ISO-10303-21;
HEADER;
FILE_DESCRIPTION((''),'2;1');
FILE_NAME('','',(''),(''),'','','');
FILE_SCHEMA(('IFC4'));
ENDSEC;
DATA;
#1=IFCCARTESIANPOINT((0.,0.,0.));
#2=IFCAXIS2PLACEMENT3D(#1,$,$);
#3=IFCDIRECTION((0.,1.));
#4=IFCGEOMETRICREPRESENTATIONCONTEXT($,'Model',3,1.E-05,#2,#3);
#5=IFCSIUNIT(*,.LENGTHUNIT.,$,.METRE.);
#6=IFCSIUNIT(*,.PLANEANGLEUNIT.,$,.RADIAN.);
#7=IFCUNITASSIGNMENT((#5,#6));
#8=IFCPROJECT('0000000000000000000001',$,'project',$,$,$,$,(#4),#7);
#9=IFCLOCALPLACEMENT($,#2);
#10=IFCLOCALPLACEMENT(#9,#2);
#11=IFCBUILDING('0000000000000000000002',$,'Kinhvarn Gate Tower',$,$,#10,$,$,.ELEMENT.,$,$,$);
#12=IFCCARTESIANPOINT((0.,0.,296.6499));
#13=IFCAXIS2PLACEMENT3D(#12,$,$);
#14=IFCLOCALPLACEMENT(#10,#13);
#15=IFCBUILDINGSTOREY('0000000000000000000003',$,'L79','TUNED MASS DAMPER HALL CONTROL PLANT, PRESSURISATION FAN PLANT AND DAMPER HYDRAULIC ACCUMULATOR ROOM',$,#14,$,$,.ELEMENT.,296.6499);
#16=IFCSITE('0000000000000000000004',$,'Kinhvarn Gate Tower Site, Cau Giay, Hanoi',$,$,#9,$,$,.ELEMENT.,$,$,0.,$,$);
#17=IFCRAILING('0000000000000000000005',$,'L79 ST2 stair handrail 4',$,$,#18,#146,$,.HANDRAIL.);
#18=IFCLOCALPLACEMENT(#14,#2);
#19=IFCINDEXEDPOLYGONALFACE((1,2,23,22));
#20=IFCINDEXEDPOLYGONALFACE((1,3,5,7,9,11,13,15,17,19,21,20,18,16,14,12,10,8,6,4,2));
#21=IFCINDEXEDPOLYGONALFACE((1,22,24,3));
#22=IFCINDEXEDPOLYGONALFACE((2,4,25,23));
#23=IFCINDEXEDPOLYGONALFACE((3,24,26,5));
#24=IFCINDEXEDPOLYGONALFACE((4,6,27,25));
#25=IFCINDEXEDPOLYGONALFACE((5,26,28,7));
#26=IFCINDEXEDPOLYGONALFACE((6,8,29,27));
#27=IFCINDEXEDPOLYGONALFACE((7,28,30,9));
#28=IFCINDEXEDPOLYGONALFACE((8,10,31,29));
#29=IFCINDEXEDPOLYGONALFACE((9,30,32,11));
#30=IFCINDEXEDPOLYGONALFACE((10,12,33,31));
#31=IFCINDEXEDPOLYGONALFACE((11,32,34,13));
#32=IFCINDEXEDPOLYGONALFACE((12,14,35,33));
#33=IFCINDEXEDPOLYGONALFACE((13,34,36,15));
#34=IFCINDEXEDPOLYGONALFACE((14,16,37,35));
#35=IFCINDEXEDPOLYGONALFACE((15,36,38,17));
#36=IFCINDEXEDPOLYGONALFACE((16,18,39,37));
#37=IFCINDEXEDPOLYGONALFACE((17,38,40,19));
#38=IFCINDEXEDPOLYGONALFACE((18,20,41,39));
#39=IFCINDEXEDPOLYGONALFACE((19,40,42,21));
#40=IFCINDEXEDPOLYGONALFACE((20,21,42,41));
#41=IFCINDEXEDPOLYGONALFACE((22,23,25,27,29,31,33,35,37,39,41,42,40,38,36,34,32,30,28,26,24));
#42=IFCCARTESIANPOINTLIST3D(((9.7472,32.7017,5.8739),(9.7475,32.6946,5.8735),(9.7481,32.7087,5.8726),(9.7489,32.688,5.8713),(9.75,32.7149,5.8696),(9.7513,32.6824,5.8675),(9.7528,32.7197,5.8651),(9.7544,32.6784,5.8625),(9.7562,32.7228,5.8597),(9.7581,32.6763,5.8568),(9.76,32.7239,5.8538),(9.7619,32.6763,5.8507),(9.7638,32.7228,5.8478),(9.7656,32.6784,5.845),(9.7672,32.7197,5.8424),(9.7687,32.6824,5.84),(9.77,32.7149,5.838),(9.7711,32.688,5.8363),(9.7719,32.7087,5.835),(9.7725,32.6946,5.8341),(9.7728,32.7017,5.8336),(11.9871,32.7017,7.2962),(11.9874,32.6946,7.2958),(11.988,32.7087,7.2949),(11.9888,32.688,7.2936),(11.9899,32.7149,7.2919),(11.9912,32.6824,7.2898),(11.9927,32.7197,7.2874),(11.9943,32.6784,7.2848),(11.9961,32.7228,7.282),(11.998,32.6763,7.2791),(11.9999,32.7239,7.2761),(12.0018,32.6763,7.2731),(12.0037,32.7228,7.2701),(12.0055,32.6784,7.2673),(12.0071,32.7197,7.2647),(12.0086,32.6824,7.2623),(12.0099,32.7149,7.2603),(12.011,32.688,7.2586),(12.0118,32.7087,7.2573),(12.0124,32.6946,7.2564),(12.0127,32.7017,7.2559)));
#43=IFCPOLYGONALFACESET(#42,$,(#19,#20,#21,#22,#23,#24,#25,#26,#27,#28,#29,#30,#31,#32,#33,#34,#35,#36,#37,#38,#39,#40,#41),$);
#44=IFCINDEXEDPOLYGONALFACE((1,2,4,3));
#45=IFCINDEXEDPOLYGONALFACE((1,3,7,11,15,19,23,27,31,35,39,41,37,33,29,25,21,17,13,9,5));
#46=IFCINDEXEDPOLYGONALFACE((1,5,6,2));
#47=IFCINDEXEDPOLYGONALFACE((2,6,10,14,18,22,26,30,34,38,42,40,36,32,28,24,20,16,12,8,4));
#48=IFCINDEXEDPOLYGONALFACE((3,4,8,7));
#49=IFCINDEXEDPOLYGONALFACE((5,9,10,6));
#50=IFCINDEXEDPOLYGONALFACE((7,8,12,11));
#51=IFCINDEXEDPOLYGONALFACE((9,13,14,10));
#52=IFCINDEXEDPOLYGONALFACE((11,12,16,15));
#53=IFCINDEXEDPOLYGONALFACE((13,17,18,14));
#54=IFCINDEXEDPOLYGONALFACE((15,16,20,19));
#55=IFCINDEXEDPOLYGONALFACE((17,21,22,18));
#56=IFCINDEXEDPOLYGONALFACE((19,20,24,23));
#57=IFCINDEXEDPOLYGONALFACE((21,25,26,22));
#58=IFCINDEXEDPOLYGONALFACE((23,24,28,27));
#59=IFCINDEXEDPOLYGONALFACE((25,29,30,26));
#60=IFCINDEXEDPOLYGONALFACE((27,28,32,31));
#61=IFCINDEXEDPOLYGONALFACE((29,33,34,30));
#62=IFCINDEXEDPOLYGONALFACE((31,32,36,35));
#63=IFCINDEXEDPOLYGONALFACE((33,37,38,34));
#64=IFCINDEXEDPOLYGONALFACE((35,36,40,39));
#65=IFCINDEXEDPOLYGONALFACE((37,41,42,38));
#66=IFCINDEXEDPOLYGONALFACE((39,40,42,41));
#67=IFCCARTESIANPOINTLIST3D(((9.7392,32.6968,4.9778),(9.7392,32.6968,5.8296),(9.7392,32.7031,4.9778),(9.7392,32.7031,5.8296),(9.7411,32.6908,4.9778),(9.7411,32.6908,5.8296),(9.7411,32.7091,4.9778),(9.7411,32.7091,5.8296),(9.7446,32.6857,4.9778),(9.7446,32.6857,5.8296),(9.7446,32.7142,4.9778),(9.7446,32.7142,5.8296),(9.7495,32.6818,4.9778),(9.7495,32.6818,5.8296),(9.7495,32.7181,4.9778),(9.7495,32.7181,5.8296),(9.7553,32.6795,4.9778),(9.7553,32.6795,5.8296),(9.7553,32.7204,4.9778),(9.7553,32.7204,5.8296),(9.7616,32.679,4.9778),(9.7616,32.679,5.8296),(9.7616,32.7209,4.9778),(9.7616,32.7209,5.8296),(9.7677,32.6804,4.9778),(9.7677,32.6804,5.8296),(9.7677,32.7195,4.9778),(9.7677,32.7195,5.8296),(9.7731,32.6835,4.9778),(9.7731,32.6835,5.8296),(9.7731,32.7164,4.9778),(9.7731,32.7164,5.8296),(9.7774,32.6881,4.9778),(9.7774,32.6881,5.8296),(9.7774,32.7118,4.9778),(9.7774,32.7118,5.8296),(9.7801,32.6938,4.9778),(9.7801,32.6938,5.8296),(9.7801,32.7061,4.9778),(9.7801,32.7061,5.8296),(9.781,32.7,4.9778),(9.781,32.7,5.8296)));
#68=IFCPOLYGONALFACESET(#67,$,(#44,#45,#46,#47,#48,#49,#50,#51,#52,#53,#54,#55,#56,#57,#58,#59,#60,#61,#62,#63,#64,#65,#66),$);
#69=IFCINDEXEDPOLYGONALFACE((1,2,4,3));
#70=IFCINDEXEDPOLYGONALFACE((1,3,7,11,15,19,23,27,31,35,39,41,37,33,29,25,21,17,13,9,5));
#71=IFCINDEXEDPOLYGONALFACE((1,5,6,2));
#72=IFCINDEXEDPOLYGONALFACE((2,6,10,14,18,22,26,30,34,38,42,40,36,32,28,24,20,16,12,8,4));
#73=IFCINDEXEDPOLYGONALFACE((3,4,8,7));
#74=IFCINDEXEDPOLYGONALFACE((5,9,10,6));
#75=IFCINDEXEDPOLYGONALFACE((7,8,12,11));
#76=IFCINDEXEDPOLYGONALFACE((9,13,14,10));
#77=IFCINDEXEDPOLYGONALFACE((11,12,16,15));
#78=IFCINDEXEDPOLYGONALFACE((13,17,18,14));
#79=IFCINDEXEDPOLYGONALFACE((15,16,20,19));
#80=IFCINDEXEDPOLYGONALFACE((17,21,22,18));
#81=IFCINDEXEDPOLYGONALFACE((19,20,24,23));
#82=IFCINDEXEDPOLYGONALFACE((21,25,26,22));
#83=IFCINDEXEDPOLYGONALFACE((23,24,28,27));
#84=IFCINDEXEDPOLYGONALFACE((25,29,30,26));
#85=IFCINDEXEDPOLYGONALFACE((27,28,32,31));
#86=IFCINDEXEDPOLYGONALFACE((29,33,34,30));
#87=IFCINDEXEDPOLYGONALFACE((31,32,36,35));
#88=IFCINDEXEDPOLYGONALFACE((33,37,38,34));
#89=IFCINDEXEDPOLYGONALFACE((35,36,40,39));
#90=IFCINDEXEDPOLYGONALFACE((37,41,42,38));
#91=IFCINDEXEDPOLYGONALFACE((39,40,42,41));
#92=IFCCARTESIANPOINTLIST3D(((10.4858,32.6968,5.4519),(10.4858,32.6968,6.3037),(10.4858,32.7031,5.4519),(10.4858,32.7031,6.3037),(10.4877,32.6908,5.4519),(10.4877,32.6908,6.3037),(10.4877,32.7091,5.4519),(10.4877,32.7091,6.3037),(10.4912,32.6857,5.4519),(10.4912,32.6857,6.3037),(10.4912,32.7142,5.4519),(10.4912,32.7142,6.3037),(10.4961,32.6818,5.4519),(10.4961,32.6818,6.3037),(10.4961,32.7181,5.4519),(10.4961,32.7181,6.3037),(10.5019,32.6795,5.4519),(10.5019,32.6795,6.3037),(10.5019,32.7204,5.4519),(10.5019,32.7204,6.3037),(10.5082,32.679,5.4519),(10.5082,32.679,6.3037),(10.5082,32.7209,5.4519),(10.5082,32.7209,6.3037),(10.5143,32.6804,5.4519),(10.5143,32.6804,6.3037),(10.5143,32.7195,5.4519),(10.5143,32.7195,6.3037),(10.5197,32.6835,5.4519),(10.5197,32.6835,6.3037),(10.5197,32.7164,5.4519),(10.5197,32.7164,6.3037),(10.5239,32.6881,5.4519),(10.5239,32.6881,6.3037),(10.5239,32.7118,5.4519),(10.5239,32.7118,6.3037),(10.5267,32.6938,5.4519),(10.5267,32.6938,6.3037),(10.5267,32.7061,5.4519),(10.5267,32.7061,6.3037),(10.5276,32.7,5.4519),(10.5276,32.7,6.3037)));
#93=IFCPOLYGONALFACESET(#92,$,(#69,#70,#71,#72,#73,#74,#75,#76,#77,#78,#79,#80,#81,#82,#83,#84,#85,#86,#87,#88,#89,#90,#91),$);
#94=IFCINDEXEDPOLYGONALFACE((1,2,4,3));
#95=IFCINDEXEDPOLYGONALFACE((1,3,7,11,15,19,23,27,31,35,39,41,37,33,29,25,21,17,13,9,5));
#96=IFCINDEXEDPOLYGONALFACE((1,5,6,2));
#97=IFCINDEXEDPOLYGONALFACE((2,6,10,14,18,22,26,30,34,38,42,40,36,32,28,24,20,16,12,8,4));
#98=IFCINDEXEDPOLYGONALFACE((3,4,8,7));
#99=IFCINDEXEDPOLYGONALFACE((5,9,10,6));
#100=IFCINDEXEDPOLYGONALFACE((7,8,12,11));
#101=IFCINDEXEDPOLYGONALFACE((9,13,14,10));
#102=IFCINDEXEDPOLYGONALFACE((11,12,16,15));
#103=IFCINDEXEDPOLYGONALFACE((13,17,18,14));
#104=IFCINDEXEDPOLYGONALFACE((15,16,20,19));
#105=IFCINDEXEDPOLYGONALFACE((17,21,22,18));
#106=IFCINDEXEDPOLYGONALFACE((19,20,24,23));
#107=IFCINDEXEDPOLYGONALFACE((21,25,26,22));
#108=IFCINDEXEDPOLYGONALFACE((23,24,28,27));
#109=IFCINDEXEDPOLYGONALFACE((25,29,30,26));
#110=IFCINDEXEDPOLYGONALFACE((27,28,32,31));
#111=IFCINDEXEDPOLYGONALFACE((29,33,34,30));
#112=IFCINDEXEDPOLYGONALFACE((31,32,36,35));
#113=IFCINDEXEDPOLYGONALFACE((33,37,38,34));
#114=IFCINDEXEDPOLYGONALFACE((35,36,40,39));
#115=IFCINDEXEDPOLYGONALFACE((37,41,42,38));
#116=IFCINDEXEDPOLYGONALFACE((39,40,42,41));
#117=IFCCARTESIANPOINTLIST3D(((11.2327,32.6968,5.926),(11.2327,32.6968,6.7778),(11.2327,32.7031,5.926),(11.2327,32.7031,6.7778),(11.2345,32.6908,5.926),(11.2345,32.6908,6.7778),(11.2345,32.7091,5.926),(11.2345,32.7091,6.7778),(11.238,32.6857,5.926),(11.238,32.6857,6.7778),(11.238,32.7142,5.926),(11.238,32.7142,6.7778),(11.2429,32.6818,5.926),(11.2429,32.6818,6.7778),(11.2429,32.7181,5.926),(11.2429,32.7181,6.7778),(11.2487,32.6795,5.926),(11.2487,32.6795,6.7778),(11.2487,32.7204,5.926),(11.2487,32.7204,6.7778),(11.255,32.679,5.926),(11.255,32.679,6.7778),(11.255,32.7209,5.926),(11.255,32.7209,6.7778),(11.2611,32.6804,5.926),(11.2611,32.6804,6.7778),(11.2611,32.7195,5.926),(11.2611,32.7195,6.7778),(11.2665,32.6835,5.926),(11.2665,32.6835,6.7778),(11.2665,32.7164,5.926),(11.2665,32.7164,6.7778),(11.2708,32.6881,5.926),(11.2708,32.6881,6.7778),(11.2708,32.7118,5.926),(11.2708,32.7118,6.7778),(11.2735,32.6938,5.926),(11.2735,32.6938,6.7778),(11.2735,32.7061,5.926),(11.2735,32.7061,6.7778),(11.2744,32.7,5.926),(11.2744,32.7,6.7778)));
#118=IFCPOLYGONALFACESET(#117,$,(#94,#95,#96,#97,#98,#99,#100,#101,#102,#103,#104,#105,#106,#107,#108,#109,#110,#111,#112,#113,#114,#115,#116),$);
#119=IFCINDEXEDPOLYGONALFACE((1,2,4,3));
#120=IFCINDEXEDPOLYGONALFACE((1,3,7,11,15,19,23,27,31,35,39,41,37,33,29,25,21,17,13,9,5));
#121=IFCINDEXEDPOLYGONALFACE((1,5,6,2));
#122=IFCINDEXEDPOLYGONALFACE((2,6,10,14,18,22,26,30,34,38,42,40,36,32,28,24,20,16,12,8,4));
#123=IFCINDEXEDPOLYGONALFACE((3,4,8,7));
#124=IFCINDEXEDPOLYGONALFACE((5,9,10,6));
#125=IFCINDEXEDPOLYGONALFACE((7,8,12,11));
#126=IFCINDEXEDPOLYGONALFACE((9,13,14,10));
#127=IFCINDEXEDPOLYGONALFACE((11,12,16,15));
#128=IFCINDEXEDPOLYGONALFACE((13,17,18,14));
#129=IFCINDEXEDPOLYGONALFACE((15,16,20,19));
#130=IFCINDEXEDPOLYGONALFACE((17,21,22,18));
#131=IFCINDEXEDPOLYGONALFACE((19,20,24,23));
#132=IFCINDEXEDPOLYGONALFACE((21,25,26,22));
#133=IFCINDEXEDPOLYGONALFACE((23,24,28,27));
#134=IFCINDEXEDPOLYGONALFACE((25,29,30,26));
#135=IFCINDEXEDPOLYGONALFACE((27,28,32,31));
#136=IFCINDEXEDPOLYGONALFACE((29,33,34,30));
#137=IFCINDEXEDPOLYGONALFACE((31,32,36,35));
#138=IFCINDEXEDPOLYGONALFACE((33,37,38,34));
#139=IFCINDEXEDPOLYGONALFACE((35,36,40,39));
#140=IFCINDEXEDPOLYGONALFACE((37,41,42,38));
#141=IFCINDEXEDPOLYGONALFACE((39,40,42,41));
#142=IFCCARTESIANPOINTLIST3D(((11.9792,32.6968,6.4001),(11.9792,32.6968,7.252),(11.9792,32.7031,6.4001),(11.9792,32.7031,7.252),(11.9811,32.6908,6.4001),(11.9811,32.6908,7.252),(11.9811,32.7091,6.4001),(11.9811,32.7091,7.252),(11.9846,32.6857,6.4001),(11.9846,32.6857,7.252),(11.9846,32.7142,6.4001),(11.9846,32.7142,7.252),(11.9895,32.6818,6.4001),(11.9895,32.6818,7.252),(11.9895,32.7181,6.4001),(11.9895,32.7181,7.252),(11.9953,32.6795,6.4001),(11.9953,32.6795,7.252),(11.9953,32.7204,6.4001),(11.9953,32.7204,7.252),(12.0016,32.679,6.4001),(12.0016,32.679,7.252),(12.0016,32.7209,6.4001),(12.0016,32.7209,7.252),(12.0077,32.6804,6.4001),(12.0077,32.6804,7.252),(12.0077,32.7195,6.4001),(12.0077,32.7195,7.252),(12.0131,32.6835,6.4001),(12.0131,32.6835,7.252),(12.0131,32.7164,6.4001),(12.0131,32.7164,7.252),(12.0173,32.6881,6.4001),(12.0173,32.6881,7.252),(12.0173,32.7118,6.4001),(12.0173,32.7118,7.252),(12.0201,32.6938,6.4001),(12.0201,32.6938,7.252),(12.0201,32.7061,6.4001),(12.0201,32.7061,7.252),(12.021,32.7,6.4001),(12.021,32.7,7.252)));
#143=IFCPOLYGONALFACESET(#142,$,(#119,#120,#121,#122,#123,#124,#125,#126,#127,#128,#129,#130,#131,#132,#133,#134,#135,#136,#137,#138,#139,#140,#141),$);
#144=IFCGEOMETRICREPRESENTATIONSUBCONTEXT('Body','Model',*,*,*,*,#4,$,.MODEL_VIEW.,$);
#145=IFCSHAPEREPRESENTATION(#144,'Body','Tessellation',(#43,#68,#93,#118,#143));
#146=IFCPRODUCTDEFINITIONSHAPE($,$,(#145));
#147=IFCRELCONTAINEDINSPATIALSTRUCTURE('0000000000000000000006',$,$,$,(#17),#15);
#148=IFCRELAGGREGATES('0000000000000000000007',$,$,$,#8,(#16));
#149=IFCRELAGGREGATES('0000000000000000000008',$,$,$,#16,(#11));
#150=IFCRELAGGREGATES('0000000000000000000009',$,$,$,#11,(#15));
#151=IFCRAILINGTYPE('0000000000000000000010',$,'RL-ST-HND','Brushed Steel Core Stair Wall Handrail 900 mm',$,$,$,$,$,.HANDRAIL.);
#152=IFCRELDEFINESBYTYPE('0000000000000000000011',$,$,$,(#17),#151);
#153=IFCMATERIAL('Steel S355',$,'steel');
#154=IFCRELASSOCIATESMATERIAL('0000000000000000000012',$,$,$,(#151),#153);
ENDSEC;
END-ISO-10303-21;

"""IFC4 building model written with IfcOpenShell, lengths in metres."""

from ifc_helpers import new_model, si_unit, direction, frame, origin, origin_2d, place, context, subcontext, project, spatial, circle, extrude, material, type_object, element, save


model = new_model("IFC4")

# Units and contexts
model_context = context("Model", 3, precision=1e-05, world=origin(), true_north=direction((0.0, 1.0)))
body_context = subcontext(model_context, "Body", "Model", "MODEL_VIEW")
ifc_project = project(units=[si_unit("LENGTHUNIT", "METRE"), si_unit("PLANEANGLEUNIT", "RADIAN")], contexts=[model_context])

# Site, building, storey
site_placement = place(None, origin())
site = spatial("IfcSite", under=ifc_project, at=site_placement, Name="Kinhvarn Gate Tower Site, Cau Giay, Hanoi", CompositionType="ELEMENT", RefElevation=0.0)
building_placement = place(site_placement, origin())
building = spatial("IfcBuilding", under=site, at=building_placement, Name="Kinhvarn Gate Tower", CompositionType="ELEMENT")
storey_placement = place(building_placement, frame((0.0, 0.0, 296.6499)))
storey = spatial("IfcBuildingStorey", under=building, at=storey_placement, Name="L79", Description="TUNED MASS DAMPER HALL CONTROL PLANT, PRESSURISATION FAN PLANT AND DAMPER HYDRAULIC ACCUMULATOR ROOM", CompositionType="ELEMENT", Elevation=296.6499)

# Railing
ifc_material_1 = material(Name="Steel S355", Category="steel")
railing_type = type_object("IfcRailingType", Name="RL-ST-HND", Description="Brushed Steel Core Stair Wall Handrail 900 mm", PredefinedType="HANDRAIL", material=ifc_material_1)
for number, where, name in (
    (1, (9.76, 32.7, 4.9778), "L79 ST2 stair handrail 4"),
):
    element("IfcRailing", number, at=place(storey_placement, frame(where)), inside=storey, type_object=railing_type, Name=name, PredefinedType="HANDRAIL", context=body_context, shape_type="SweptSolid", body=[
        extrude(circle(Radius=0.0239, at=origin_2d()), frame((0.0, 0.0, 0.876), z_axis=(0.844188, 0.0, 0.536048), x_axis=(0.0, 1.0, 0.0)), (0.0, 0.0, 1.0), 2.6533),
        extrude(circle(Radius=0.021, at=origin_2d()), origin(), (0.0, 0.0, 1.0), 0.8518),
        extrude(circle(Radius=0.021, at=origin_2d()), frame((0.7466, 0.0, 0.4741)), (0.0, 0.0, 1.0), 0.8518),
        extrude(circle(Radius=0.021, at=origin_2d()), frame((1.4934, 0.0, 0.9482)), (0.0, 0.0, 1.0), 0.8518),
        extrude(circle(Radius=0.021, at=origin_2d()), frame((2.24, 0.0, 1.4224)), (0.0, 0.0, 1.0), 0.8518),
    ])

save(model, "model.ifc")
